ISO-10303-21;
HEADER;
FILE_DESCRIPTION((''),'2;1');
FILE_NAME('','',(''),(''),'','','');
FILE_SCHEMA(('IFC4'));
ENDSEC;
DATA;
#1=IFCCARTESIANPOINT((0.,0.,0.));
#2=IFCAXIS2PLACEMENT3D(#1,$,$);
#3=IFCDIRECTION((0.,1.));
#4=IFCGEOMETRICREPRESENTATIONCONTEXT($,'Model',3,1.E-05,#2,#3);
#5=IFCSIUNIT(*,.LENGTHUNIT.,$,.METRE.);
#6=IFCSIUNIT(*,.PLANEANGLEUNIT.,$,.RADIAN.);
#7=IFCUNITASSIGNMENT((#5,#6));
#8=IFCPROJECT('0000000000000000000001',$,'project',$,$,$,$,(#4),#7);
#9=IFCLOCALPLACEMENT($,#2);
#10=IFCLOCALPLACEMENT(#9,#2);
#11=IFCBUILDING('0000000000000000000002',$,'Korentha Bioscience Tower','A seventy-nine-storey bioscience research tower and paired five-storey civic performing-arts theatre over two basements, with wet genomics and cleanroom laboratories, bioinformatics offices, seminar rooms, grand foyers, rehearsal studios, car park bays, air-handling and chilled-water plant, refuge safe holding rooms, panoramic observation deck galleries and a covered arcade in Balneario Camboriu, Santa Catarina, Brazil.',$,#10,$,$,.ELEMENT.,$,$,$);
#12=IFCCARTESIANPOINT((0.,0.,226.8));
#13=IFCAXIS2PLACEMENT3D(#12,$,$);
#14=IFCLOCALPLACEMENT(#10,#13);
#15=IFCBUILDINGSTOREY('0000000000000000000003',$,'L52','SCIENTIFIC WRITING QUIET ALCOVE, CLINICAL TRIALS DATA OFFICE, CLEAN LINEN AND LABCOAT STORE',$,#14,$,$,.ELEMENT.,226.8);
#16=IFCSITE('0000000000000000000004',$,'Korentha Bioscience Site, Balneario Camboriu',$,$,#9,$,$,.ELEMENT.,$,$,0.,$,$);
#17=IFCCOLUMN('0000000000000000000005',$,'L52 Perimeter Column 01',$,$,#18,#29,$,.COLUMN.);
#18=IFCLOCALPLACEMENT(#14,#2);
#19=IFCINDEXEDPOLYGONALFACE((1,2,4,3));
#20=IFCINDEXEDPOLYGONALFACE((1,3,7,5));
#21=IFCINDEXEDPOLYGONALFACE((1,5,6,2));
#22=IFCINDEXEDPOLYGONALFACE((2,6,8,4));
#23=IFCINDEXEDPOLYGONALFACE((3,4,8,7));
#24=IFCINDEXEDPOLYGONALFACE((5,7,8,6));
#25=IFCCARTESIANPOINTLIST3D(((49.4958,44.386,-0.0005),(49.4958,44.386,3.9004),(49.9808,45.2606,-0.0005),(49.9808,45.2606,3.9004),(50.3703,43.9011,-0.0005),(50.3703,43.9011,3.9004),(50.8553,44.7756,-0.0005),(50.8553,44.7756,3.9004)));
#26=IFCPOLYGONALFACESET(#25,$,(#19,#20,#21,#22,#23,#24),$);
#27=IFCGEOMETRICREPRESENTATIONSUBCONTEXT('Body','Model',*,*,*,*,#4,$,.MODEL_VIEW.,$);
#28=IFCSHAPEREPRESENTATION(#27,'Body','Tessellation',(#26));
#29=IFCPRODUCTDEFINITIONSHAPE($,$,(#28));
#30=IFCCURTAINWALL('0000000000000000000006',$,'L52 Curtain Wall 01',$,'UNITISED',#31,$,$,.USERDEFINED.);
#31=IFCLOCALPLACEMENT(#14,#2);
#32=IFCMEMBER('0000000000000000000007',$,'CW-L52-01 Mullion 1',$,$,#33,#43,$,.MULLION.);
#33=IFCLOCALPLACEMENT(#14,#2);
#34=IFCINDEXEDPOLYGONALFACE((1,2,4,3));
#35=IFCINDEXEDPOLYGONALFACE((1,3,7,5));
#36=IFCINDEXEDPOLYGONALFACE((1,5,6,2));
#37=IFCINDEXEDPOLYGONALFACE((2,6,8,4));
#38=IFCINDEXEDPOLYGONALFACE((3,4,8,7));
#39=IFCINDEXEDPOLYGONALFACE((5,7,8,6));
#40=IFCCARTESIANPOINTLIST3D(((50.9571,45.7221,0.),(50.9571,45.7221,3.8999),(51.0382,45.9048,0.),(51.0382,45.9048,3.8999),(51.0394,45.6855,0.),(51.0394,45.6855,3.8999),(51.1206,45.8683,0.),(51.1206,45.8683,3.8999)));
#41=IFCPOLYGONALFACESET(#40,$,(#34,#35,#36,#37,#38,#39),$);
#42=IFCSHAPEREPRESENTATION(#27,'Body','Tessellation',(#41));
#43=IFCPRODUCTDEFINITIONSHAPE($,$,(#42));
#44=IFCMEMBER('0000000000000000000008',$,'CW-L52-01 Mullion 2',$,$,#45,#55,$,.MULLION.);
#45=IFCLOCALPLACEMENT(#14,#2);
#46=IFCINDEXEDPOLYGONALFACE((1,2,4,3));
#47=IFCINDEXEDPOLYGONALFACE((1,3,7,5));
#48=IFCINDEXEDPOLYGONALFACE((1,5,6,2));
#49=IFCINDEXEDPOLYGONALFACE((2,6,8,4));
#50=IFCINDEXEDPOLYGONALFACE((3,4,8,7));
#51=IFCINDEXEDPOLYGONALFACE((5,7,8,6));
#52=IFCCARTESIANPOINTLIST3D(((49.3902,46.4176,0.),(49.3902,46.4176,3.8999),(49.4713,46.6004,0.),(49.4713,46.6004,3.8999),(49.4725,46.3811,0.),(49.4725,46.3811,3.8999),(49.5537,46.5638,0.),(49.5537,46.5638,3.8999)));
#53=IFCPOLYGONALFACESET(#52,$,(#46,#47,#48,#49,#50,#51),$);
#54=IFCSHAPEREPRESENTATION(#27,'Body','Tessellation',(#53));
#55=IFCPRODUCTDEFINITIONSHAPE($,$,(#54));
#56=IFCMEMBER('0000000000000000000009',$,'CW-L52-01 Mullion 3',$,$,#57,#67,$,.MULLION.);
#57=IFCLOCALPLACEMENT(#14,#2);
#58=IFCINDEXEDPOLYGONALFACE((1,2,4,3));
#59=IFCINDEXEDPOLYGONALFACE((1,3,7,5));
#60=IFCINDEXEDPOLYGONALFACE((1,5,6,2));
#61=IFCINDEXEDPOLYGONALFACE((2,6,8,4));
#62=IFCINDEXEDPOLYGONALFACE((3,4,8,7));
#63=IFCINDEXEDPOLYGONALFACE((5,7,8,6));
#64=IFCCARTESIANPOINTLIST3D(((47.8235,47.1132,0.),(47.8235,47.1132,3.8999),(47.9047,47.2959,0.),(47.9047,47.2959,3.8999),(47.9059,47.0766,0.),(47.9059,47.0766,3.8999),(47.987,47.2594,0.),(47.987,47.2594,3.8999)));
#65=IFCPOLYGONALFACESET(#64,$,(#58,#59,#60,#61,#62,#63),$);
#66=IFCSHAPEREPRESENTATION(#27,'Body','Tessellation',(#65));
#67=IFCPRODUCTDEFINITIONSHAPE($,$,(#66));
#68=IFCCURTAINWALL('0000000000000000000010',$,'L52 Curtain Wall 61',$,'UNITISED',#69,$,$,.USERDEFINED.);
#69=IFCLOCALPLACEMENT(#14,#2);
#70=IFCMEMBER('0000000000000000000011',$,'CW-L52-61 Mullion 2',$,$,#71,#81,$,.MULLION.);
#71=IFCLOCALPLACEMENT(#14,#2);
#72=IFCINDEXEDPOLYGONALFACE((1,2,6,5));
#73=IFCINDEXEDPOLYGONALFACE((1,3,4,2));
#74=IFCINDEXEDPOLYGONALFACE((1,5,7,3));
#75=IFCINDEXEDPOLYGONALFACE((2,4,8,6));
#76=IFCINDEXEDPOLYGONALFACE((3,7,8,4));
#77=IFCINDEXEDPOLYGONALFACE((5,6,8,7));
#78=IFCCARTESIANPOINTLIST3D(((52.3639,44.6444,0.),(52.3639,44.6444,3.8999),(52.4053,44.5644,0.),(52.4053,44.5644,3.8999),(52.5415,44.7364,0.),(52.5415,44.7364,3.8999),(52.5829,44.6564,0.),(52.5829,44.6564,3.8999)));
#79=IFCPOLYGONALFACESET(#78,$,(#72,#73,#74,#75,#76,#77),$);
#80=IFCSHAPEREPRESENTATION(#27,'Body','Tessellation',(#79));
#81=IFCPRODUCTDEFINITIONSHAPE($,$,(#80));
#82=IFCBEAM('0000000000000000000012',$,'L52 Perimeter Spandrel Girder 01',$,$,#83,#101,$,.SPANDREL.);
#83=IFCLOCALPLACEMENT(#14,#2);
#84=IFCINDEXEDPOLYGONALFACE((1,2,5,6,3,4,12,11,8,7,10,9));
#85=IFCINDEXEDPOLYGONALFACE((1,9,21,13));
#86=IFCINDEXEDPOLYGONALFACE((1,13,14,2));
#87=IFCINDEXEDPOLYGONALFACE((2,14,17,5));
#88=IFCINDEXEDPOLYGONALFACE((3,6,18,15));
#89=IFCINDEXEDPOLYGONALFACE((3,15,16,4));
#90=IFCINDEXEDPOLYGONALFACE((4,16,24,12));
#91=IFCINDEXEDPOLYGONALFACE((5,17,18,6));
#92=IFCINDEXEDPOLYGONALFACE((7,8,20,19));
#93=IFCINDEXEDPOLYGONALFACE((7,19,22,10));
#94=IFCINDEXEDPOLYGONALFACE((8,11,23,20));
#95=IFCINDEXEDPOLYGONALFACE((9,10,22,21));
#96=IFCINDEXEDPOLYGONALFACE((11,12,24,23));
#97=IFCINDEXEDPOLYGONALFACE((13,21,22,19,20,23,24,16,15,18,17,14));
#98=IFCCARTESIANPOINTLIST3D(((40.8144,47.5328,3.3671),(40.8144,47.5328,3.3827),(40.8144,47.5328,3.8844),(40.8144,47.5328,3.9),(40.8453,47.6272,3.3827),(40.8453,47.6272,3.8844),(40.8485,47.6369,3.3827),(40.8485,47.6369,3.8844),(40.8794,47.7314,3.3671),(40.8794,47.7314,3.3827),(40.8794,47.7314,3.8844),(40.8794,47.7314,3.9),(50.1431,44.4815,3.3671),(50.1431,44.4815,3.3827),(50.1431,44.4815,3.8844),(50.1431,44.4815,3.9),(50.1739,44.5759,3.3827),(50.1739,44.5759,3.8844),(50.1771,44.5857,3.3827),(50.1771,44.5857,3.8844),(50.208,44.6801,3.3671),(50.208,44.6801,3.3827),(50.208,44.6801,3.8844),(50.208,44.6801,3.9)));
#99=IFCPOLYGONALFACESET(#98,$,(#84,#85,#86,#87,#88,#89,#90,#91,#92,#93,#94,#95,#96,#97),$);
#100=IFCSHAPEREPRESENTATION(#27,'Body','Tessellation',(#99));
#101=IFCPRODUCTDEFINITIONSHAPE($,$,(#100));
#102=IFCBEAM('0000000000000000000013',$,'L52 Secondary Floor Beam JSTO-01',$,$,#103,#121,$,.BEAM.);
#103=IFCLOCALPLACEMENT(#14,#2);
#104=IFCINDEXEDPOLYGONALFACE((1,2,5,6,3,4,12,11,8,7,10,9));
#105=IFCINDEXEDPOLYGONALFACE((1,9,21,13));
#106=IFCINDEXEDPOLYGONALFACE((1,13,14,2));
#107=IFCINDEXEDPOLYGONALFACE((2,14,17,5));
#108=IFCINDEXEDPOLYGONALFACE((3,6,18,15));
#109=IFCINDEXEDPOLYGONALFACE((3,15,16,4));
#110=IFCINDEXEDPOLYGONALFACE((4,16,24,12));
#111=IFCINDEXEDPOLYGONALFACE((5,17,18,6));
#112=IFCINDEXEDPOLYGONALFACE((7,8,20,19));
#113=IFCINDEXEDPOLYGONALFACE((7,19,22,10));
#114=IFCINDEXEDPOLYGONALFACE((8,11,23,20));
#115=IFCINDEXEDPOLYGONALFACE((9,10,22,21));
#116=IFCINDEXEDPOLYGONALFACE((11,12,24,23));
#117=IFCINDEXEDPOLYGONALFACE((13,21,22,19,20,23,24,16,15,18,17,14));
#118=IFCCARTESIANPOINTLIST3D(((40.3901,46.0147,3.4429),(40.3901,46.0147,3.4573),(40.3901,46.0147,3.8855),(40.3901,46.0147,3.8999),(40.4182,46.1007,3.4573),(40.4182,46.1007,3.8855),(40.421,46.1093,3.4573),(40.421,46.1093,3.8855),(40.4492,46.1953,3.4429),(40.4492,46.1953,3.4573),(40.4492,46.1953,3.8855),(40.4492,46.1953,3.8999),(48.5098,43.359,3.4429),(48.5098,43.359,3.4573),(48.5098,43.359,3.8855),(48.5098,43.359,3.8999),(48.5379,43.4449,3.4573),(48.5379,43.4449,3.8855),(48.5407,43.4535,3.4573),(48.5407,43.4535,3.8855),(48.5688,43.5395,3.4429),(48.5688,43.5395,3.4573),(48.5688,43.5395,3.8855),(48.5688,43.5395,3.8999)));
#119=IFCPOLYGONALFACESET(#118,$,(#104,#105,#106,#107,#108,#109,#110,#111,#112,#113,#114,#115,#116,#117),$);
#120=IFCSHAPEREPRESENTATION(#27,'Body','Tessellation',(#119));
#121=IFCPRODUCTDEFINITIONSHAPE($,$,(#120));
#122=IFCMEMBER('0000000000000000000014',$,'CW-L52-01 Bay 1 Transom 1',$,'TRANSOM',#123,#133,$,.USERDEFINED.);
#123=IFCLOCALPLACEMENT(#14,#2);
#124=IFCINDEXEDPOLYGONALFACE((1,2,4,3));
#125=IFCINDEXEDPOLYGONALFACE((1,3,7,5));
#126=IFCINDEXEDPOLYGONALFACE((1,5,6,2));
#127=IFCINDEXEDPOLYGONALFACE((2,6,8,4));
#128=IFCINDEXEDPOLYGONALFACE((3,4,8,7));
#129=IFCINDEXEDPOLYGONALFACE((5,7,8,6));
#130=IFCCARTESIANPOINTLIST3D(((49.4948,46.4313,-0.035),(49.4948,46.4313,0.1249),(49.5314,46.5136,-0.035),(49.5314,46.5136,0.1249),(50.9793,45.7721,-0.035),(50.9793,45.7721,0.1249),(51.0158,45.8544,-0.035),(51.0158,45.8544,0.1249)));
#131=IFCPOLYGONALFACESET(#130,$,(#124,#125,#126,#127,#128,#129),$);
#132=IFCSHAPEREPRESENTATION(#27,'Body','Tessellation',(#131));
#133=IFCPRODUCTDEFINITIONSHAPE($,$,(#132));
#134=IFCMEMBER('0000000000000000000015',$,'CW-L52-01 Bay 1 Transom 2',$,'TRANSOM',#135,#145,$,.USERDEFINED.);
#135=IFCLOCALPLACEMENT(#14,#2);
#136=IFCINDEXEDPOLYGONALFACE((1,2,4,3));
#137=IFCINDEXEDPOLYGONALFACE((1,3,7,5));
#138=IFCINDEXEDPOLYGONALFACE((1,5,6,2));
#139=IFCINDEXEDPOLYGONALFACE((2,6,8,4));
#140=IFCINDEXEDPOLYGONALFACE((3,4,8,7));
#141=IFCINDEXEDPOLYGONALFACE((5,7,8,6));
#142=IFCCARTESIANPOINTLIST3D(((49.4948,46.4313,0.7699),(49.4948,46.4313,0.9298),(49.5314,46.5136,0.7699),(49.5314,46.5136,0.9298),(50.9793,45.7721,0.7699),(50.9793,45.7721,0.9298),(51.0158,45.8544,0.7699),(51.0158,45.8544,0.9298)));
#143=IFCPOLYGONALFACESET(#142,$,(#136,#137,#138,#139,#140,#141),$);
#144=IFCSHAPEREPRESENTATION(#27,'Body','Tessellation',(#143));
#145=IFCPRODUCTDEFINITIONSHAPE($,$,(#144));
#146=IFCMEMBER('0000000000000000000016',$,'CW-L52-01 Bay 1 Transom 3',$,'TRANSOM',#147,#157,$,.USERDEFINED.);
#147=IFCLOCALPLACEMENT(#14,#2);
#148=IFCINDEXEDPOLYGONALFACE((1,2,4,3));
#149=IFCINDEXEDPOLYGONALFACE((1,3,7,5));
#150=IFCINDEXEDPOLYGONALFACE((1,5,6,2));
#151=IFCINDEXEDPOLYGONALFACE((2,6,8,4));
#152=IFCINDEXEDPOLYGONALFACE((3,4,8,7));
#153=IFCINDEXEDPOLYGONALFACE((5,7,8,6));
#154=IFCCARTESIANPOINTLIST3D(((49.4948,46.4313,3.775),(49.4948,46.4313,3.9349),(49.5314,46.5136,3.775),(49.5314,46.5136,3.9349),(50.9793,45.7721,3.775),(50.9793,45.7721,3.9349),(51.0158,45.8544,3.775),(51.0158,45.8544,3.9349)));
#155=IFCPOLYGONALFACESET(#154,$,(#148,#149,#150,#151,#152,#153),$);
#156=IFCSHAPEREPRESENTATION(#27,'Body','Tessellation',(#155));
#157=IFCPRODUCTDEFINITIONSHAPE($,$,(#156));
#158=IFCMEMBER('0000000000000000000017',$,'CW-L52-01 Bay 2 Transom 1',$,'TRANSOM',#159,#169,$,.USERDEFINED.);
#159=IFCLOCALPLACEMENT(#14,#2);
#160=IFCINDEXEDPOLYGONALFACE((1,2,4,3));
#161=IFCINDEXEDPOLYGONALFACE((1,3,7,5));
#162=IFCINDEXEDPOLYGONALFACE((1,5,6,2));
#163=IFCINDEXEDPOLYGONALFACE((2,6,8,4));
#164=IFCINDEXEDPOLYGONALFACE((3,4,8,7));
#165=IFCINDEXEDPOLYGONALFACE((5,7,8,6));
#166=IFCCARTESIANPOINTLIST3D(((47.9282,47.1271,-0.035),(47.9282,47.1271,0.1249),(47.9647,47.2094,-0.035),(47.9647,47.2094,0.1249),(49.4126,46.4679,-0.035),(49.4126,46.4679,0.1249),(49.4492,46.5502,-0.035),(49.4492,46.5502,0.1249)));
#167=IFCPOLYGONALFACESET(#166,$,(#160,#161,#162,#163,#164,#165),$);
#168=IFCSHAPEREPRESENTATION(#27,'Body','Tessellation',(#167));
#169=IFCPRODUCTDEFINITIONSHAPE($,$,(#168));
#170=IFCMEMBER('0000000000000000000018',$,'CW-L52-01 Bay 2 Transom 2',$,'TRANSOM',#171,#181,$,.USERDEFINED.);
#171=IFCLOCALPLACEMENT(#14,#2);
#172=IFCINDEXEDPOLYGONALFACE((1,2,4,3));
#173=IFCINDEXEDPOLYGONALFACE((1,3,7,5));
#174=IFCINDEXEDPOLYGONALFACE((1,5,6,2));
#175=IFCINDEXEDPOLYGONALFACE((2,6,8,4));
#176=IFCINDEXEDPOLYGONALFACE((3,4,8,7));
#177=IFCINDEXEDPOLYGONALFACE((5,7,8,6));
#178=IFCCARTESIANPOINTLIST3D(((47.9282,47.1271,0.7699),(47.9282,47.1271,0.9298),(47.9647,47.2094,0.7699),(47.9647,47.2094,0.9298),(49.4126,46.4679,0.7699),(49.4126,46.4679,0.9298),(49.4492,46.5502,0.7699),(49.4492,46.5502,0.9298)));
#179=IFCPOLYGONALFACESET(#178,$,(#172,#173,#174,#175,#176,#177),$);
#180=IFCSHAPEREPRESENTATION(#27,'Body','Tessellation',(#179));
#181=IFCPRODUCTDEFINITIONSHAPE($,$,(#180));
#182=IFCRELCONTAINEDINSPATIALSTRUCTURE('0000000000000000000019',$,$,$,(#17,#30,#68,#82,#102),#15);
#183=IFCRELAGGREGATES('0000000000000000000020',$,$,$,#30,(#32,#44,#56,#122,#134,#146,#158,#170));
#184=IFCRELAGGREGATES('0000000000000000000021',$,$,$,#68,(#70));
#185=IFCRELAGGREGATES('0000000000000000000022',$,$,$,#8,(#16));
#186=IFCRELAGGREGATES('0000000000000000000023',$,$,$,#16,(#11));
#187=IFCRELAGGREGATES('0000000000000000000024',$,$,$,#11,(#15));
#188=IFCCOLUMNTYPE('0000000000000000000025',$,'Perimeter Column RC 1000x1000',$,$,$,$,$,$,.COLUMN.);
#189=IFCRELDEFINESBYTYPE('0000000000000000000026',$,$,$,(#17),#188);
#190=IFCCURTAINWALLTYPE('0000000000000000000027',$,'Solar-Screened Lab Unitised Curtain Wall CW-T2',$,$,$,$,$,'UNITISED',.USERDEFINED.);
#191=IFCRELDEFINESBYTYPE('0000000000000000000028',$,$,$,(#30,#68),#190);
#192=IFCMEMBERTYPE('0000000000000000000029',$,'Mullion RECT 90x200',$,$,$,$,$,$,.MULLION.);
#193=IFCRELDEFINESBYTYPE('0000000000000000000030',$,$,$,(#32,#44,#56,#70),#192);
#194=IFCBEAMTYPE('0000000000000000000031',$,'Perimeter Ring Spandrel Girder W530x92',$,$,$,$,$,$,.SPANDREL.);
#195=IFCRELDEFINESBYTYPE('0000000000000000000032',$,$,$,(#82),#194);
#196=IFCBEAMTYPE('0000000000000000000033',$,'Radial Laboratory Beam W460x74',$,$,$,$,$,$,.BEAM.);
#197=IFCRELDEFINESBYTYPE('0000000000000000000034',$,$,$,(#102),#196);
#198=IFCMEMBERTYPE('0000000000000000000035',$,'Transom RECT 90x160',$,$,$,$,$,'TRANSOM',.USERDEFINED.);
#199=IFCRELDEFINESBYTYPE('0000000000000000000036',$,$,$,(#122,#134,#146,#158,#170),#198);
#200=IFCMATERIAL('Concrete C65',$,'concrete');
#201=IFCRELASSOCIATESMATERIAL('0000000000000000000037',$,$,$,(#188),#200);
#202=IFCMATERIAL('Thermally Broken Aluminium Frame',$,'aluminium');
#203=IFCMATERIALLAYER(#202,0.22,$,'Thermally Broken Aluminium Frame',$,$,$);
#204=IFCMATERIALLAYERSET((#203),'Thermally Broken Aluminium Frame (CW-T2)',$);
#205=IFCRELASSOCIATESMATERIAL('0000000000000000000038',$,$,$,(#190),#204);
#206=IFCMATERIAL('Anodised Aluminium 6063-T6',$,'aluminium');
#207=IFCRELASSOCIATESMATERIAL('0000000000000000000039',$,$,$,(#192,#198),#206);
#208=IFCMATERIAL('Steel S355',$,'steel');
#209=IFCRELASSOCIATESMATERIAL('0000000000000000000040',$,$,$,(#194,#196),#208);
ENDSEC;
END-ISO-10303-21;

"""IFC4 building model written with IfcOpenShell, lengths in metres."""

from ifc_helpers import new_model, si_unit, direction, frame, origin, origin_2d, place, context, subcontext, project, spatial, rectangle, i_section, extrude, material, layer, layer_set, material_profile, profile_set, type_object, element, aggregate, save


model = new_model("IFC4")

# Units and contexts
model_context = context("Model", 3, precision=1e-05, world=origin(), true_north=direction((0.0, 1.0)))
body_context = subcontext(model_context, "Body", "Model", "MODEL_VIEW")
ifc_project = project(units=[si_unit("LENGTHUNIT", "METRE"), si_unit("PLANEANGLEUNIT", "RADIAN")], contexts=[model_context])

# Site, building, storey
site_placement = place(None, origin())
site = spatial("IfcSite", under=ifc_project, at=site_placement, Name="Korentha Bioscience Site, Balneario Camboriu", CompositionType="ELEMENT", RefElevation=0.0)
building_placement = place(site_placement, origin())
building = spatial("IfcBuilding", under=site, at=building_placement, Name="Korentha Bioscience Tower", Description="A seventy-nine-storey bioscience research tower and paired five-storey civic performing-arts theatre over two basements, with wet genomics and cleanroom laboratories, bioinformatics offices, seminar rooms, grand foyers, rehearsal studios, car park bays, air-handling and chilled-water plant, refuge safe holding rooms, panoramic observation deck galleries and a covered arcade in Balneario Camboriu, Santa Catarina, Brazil.", CompositionType="ELEMENT")
storey_placement = place(building_placement, frame((0.0, 0.0, 226.8)))
storey = spatial("IfcBuildingStorey", under=building, at=storey_placement, Name="L52", Description="SCIENTIFIC WRITING QUIET ALCOVE, CLINICAL TRIALS DATA OFFICE, CLEAN LINEN AND LABCOAT STORE", CompositionType="ELEMENT", Elevation=226.8)

# Column
ifc_material_1 = material(Name="Concrete C65", Category="concrete")
ifc_material_profile_1 = material_profile(ifc_material_1, rectangle(XDim=1.0, YDim=1.0, at=origin_2d()), Name="Concrete C65")
ifc_profile_set_1 = profile_set([ifc_material_profile_1], Name="Concrete C65 (COL-P10)")
column_type = type_object("IfcColumnType", Name="Perimeter Column RC 1000x1000", PredefinedType="COLUMN", material=ifc_profile_set_1)
column_placement = place(storey_placement, frame((50.1755, 44.5808, -0.0005), z_axis=(0.0, 0.0, 1.0), x_axis=(-0.874535, 0.484962, 0.0)))
element("IfcColumn", 1, at=column_placement, inside=storey, type_object=column_type, Name="L52 Perimeter Column 01", PredefinedType="COLUMN", context=body_context, shape_type="SweptSolid", body=[
    extrude(rectangle(XDim=1.0, YDim=1.0, at=origin_2d()), origin(), (0.0, 0.0, 1.0), 3.9009),
])

# Curtain wall, members
ifc_material_2 = material(Name="Thermally Broken Aluminium Frame", Category="aluminium")
ifc_layer_1 = layer(ifc_material_2, 0.22, Name="Thermally Broken Aluminium Frame")
ifc_layer_set_1 = layer_set([ifc_layer_1], Name="Thermally Broken Aluminium Frame (CW-T2)")
curtain_wall_type = type_object("IfcCurtainWallType", Name="Solar-Screened Lab Unitised Curtain Wall CW-T2", ElementType="UNITISED", PredefinedType="USERDEFINED", material=ifc_layer_set_1)
curtain_wall_1_placement = place(storey_placement, origin())
curtain_wall_1 = element("IfcCurtainWall", 2, at=curtain_wall_1_placement, inside=storey, type_object=curtain_wall_type, Name="L52 Curtain Wall 01", ObjectType="UNITISED", PredefinedType="USERDEFINED")
ifc_material_3 = material(Name="Anodised Aluminium 6063-T6", Category="aluminium")
ifc_material_profile_2 = material_profile(ifc_material_3, rectangle(XDim=0.0901, YDim=0.2, at=origin_2d()), Name="Anodised Aluminium 6063-T6")
ifc_profile_set_2 = profile_set([ifc_material_profile_2], Name="Anodised Aluminium 6063-T6 (CW-MUL)")
member_type_1 = type_object("IfcMemberType", Name="Mullion RECT 90x200", PredefinedType="MULLION", material=ifc_profile_set_2)
member_1_placement = place(storey_placement, frame((51.0388, 45.7952, 0.0), z_axis=(0.0, 0.0, 1.0), x_axis=(-0.913944, 0.40584, 0.0)))
member_1 = element("IfcMember", 3, at=member_1_placement, type_object=member_type_1, Name="CW-L52-01 Mullion 1", PredefinedType="MULLION", context=body_context, shape_type="SweptSolid", body=[
    extrude(rectangle(XDim=0.0901, YDim=0.2, at=origin_2d()), origin(), (0.0, 0.0, 1.0), 3.8999),
])
member_2_placement = place(storey_placement, frame((49.4719, 46.4907, 0.0), z_axis=(0.0, 0.0, 1.0), x_axis=(-0.913944, 0.40584, 0.0)))
member_2 = element("IfcMember", 4, at=member_2_placement, type_object=member_type_1, Name="CW-L52-01 Mullion 2", PredefinedType="MULLION", context=body_context, shape_type="SweptSolid", body=[
    extrude(rectangle(XDim=0.0901, YDim=0.2, at=origin_2d()), origin(), (0.0, 0.0, 1.0), 3.8999),
])
member_3_placement = place(storey_placement, frame((47.9053, 47.1863, 0.0), z_axis=(0.0, 0.0, 1.0), x_axis=(-0.913944, 0.40584, 0.0)))
member_3 = element("IfcMember", 5, at=member_3_placement, type_object=member_type_1, Name="CW-L52-01 Mullion 3", PredefinedType="MULLION", context=body_context, shape_type="SweptSolid", body=[
    extrude(rectangle(XDim=0.0901, YDim=0.2, at=origin_2d()), origin(), (0.0, 0.0, 1.0), 3.8999),
])

# Curtain wall, member
curtain_wall_2_placement = place(storey_placement, origin())
curtain_wall_2 = element("IfcCurtainWall", 6, at=curtain_wall_2_placement, inside=storey, type_object=curtain_wall_type, Name="L52 Curtain Wall 61", ObjectType="UNITISED", PredefinedType="USERDEFINED")
member_4_placement = place(storey_placement, frame((52.4734, 44.6504, 0.0), z_axis=(0.0, 0.0, 1.0), x_axis=(-0.459738, 0.888055, 0.0)))
member_4 = element("IfcMember", 7, at=member_4_placement, type_object=member_type_1, Name="CW-L52-61 Mullion 2", PredefinedType="MULLION", context=body_context, shape_type="SweptSolid", body=[
    extrude(rectangle(XDim=0.0901, YDim=0.2, at=origin_2d()), origin(), (0.0, 0.0, 1.0), 3.8999),
])

# Beams
ifc_material_4 = material(Name="Steel S355", Category="steel")
ifc_material_profile_3 = material_profile(ifc_material_4, i_section(OverallWidth=0.209, OverallDepth=0.533, WebThickness=0.0103, FlangeThickness=0.0156, at=origin_2d()), Name="Steel S355")
ifc_profile_set_3 = profile_set([ifc_material_profile_3], Name="Steel S355 (SB-530)")
beam_type_1 = type_object("IfcBeamType", Name="Perimeter Ring Spandrel Girder W530x92", PredefinedType="SPANDREL", material=ifc_profile_set_3)
beam_1_placement = place(storey_placement, frame((50.1755, 44.5808, 3.6335), z_axis=(-0.950449, 0.31088, 0.0), x_axis=(-0.31088, -0.950449, 0.0)))
element("IfcBeam", 8, at=beam_1_placement, inside=storey, type_object=beam_type_1, Name="L52 Perimeter Spandrel Girder 01", PredefinedType="SPANDREL", context=body_context, shape_type="SweptSolid", body=[
    extrude(i_section(OverallWidth=0.209, OverallDepth=0.533, WebThickness=0.0103, FlangeThickness=0.0156, at=origin_2d()), origin(), (0.0, 0.0, 1.0), 9.8149),
])
ifc_material_profile_4 = material_profile(ifc_material_4, i_section(OverallWidth=0.1899, OverallDepth=0.457, WebThickness=0.009, FlangeThickness=0.0144, at=origin_2d()), Name="Steel S355")
ifc_profile_set_4 = profile_set([ifc_material_profile_4], Name="Steel S355 (RB-460)")
beam_type_2 = type_object("IfcBeamType", Name="Radial Laboratory Beam W460x74", PredefinedType="BEAM", material=ifc_profile_set_4)
beam_2_placement = place(storey_placement, frame((48.5393, 43.4492, 3.6714), z_axis=(-0.950451, 0.310873, 0.0), x_axis=(-0.310873, -0.950451, 0.0)))
element("IfcBeam", 9, at=beam_2_placement, inside=storey, type_object=beam_type_2, Name="L52 Secondary Floor Beam JSTO-01", PredefinedType="BEAM", context=body_context, shape_type="SweptSolid", body=[
    extrude(i_section(OverallWidth=0.1899, OverallDepth=0.457, WebThickness=0.009, FlangeThickness=0.0144, at=origin_2d()), origin(), (0.0, 0.0, 1.0), 8.543),
])

# Members
ifc_material_profile_5 = material_profile(ifc_material_3, rectangle(XDim=0.0901, YDim=0.1599, at=origin_2d()), Name="Anodised Aluminium 6063-T6")
ifc_profile_set_5 = profile_set([ifc_material_profile_5], Name="Anodised Aluminium 6063-T6 (CW-TRN)")
member_type_2 = type_object("IfcMemberType", Name="Transom RECT 90x160", ElementType="TRANSOM", PredefinedType="USERDEFINED", material=ifc_profile_set_5)
member_5_placement = place(storey_placement, frame((50.9976, 45.8132, 0.0449), z_axis=(-0.913935, 0.40586, 0.0), x_axis=(-0.40586, -0.913935, 0.0)))
member_5 = element("IfcMember", 10, at=member_5_placement, type_object=member_type_2, Name="CW-L52-01 Bay 1 Transom 1", ObjectType="TRANSOM", PredefinedType="USERDEFINED", context=body_context, shape_type="SweptSolid", body=[
    extrude(rectangle(XDim=0.0901, YDim=0.1599, at=origin_2d()), origin(), (0.0, 0.0, 1.0), 1.6243),
])
member_6_placement = place(storey_placement, frame((50.9976, 45.8132, 0.8499), z_axis=(-0.913935, 0.40586, 0.0), x_axis=(-0.40586, -0.913935, 0.0)))
member_6 = element("IfcMember", 11, at=member_6_placement, type_object=member_type_2, Name="CW-L52-01 Bay 1 Transom 2", ObjectType="TRANSOM", PredefinedType="USERDEFINED", context=body_context, shape_type="SweptSolid", body=[
    extrude(rectangle(XDim=0.0901, YDim=0.1599, at=origin_2d()), origin(), (0.0, 0.0, 1.0), 1.6243),
])
member_7_placement = place(storey_placement, frame((50.9976, 45.8132, 3.855), z_axis=(-0.913935, 0.40586, 0.0), x_axis=(-0.40586, -0.913935, 0.0)))
member_7 = element("IfcMember", 12, at=member_7_placement, type_object=member_type_2, Name="CW-L52-01 Bay 1 Transom 3", ObjectType="TRANSOM", PredefinedType="USERDEFINED", context=body_context, shape_type="SweptSolid", body=[
    extrude(rectangle(XDim=0.0901, YDim=0.1599, at=origin_2d()), origin(), (0.0, 0.0, 1.0), 1.6243),
])
member_8_placement = place(storey_placement, frame((49.4309, 46.509, 0.0449), z_axis=(-0.913935, 0.40586, 0.0), x_axis=(-0.40586, -0.913935, 0.0)))
member_8 = element("IfcMember", 13, at=member_8_placement, type_object=member_type_2, Name="CW-L52-01 Bay 2 Transom 1", ObjectType="TRANSOM", PredefinedType="USERDEFINED", context=body_context, shape_type="SweptSolid", body=[
    extrude(rectangle(XDim=0.0901, YDim=0.1599, at=origin_2d()), origin(), (0.0, 0.0, 1.0), 1.6243),
])
member_9_placement = place(storey_placement, frame((49.4309, 46.509, 0.8499), z_axis=(-0.913935, 0.40586, 0.0), x_axis=(-0.40586, -0.913935, 0.0)))
member_9 = element("IfcMember", 14, at=member_9_placement, type_object=member_type_2, Name="CW-L52-01 Bay 2 Transom 2", ObjectType="TRANSOM", PredefinedType="USERDEFINED", context=body_context, shape_type="SweptSolid", body=[
    extrude(rectangle(XDim=0.0901, YDim=0.1599, at=origin_2d()), origin(), (0.0, 0.0, 1.0), 1.6243),
])

aggregate(curtain_wall_1, [member_1, member_2, member_3, member_5, member_6, member_7, member_8, member_9])
aggregate(curtain_wall_2, [member_4])

save(model, "model.ifc")
